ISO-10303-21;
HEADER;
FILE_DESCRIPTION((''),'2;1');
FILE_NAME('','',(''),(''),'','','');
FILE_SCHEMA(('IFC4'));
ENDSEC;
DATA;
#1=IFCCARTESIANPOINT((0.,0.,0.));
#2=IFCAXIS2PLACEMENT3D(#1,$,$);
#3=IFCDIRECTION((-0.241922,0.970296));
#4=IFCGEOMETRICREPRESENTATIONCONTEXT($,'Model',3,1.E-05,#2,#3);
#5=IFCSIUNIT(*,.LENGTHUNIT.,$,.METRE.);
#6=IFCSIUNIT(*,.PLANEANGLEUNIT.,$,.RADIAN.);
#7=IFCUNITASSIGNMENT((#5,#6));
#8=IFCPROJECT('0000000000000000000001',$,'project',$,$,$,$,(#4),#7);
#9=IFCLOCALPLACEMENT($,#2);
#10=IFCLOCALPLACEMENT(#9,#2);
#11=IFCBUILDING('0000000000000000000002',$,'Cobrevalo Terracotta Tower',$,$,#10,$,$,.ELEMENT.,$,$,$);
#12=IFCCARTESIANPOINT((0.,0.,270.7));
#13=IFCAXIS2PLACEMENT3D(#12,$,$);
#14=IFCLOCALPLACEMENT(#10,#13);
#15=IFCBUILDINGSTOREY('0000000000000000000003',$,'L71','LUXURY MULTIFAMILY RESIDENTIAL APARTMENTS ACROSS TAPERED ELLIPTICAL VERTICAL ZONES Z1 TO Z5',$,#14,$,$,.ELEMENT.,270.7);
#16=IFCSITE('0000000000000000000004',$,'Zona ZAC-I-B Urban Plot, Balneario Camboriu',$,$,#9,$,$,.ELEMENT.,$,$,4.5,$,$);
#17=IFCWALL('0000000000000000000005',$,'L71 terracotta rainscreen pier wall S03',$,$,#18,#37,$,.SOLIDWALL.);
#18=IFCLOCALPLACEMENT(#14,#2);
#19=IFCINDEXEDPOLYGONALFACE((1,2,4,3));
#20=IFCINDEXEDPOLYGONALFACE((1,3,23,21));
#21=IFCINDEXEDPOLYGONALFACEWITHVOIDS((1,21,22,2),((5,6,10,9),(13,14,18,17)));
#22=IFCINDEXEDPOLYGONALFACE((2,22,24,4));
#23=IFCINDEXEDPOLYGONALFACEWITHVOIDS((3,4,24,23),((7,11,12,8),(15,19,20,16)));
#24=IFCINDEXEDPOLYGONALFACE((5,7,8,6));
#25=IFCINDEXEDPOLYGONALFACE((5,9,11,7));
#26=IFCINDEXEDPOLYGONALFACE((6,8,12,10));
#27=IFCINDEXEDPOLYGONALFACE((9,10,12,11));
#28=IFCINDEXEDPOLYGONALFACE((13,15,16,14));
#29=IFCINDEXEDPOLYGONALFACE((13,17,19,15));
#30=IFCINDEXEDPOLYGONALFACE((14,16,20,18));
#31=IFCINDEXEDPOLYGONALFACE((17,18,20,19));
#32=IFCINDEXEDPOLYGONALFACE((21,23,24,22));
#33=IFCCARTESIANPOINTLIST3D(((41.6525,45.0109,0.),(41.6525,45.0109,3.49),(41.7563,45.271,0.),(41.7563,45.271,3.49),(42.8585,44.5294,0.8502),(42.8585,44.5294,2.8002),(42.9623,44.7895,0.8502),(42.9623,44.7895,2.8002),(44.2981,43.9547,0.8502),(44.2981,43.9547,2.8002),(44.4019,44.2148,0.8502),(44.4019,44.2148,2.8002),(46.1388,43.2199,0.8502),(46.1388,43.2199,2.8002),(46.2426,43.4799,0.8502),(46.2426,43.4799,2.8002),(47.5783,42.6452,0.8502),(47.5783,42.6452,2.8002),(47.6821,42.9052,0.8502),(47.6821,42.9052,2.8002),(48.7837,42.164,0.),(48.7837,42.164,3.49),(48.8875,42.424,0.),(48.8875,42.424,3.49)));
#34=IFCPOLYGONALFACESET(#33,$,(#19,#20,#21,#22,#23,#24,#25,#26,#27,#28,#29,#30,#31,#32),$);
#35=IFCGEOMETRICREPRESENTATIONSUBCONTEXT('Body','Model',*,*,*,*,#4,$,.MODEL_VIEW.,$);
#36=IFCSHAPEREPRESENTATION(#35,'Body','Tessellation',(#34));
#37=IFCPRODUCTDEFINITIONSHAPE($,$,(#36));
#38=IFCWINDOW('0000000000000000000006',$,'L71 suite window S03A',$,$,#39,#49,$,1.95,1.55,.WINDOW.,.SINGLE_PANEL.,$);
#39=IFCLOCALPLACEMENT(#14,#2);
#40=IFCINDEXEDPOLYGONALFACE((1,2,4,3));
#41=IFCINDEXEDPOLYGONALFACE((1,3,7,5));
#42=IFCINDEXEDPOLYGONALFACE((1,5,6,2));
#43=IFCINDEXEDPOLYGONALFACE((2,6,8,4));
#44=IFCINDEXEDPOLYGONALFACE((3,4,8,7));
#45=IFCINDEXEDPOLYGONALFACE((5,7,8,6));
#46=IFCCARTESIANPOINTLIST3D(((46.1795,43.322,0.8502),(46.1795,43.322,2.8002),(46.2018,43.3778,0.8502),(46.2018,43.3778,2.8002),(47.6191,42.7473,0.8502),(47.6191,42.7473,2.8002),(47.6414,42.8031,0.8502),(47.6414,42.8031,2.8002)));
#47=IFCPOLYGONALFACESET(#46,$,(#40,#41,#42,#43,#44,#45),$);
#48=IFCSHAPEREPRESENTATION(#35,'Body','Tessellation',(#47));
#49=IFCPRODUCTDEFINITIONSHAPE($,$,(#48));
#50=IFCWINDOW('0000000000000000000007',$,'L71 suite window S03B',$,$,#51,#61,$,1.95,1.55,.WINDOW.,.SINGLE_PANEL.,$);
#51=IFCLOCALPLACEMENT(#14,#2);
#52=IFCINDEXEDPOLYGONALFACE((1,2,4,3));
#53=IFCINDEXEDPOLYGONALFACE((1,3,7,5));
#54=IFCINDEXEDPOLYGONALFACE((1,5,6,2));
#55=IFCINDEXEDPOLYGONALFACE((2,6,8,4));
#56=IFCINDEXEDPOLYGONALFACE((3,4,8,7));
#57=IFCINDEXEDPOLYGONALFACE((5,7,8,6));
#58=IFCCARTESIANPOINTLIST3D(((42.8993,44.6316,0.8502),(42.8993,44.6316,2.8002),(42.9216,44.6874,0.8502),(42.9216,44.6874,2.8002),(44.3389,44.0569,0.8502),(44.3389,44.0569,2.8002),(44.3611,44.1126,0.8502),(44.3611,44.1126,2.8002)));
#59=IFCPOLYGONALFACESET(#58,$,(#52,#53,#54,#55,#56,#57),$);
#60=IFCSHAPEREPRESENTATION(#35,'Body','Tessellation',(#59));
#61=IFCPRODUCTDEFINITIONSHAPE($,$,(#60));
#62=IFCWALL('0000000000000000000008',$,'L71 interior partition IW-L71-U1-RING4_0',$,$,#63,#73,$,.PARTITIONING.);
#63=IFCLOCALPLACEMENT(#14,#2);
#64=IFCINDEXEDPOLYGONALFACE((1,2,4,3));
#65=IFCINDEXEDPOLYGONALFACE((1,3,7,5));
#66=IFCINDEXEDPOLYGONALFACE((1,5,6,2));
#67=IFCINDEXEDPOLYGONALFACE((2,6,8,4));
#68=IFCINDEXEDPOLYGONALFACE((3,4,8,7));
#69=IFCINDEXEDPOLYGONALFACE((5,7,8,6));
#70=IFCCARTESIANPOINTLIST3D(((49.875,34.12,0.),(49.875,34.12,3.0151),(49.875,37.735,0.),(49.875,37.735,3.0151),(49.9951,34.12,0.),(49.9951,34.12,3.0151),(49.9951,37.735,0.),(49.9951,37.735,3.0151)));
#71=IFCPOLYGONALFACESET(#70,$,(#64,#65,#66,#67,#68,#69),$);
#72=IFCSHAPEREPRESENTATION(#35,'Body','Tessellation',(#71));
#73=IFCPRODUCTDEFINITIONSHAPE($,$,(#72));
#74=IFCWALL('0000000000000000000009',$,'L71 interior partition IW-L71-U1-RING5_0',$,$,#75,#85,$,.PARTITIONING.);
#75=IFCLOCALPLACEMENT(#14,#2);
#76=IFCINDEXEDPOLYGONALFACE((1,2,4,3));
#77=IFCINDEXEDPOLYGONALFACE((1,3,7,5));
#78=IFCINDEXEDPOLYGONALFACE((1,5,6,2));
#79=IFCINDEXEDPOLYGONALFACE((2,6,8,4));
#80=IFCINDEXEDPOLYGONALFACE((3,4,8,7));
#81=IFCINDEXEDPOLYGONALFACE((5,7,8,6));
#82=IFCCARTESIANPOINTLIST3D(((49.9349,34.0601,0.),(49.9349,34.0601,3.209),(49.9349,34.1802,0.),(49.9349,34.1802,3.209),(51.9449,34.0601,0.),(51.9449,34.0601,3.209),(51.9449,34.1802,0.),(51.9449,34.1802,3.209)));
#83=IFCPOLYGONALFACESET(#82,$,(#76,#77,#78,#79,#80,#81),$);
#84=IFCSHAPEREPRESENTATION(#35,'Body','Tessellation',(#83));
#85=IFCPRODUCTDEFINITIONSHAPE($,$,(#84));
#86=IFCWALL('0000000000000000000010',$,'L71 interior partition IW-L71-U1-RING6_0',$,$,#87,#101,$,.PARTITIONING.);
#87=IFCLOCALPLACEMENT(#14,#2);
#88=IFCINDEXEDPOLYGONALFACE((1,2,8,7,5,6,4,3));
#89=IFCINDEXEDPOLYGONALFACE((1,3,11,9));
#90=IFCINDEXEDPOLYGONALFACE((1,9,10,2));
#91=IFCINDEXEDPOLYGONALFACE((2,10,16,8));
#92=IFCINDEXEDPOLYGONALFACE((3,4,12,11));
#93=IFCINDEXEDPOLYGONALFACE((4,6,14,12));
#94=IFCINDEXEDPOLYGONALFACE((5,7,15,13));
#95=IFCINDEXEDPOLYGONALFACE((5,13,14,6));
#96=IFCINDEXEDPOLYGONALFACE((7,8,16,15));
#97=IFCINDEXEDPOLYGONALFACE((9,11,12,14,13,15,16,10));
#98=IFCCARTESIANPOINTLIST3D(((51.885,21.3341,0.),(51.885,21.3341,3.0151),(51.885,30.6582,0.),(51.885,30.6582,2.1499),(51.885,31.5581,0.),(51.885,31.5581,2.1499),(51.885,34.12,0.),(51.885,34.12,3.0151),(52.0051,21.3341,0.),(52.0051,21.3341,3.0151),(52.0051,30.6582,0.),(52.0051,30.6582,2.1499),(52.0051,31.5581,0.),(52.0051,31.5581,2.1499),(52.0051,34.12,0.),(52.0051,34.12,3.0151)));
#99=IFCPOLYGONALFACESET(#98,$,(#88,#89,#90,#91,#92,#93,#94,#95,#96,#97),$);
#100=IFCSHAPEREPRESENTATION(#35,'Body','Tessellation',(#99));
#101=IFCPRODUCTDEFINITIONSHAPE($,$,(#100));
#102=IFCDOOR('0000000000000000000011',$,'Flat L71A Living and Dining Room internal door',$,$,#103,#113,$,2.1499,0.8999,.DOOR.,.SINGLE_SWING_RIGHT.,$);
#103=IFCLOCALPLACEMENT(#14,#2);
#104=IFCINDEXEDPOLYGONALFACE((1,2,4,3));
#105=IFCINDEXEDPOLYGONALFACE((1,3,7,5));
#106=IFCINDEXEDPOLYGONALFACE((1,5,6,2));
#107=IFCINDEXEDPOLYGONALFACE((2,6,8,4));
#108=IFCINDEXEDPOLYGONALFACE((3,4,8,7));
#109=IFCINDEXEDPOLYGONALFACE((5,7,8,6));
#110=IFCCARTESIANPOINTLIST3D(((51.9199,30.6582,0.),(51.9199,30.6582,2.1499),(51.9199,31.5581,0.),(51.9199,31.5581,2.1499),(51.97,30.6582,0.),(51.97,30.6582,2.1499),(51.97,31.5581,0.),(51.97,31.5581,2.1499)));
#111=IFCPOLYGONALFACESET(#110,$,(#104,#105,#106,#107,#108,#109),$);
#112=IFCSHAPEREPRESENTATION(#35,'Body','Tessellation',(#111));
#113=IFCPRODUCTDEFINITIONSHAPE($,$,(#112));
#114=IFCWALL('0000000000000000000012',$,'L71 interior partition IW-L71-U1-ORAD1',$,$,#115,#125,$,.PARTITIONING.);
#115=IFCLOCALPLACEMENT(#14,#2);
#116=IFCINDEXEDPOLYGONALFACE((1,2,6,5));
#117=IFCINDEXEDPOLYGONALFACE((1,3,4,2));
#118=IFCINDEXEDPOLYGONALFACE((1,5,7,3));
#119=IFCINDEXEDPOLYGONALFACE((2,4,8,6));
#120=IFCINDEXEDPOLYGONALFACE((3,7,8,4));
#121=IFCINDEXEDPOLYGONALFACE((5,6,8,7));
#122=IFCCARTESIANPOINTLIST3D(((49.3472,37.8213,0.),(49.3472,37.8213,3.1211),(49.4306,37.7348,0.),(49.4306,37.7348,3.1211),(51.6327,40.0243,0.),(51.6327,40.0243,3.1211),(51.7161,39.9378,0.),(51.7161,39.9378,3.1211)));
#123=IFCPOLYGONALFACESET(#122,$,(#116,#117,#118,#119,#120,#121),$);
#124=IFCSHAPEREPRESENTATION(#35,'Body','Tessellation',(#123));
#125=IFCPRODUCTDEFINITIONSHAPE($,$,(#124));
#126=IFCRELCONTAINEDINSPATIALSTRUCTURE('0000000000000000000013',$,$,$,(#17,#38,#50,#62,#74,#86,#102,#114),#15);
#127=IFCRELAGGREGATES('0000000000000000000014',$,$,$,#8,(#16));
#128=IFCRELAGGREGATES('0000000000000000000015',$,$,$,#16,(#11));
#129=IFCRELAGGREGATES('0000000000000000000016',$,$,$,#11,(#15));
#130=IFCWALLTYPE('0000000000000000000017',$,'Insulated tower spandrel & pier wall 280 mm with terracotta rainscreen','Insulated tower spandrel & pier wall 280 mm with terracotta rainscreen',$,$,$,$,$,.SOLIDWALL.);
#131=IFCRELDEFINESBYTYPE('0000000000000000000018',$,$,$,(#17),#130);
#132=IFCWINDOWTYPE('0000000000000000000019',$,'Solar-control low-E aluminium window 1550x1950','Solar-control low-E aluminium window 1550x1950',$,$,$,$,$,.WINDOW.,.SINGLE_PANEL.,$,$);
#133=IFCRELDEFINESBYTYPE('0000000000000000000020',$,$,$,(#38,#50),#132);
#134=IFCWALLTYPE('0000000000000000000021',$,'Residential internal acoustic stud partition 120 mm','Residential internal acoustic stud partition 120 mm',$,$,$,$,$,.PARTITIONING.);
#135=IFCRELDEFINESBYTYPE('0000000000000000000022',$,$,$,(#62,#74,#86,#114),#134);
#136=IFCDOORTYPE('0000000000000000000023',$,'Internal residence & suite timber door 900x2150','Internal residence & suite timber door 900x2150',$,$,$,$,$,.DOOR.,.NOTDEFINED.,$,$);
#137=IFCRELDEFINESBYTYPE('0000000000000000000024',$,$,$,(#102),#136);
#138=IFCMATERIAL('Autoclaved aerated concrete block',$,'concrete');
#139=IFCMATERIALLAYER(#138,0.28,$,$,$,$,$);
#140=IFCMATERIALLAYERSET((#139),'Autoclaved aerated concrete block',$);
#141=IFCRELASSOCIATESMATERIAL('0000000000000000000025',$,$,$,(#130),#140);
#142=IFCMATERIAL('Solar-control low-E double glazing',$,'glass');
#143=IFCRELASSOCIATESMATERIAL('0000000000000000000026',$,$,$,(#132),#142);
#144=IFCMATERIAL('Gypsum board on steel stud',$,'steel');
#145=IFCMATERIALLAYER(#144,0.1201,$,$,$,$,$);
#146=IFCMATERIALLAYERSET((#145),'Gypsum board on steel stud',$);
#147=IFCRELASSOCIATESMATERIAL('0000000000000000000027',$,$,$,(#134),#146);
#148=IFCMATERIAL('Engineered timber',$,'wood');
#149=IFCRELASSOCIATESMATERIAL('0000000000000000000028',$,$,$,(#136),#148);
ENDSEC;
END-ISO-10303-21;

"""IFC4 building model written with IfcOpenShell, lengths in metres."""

from ifc_helpers import new_model, si_unit, direction, frame, frame_2d, origin, place, context, subcontext, project, spatial, rectangle, extrude, source, transform, mapped, material, layer, layer_set, type_object, element, fill, save


model = new_model("IFC4")

# Units and contexts
model_context = context("Model", 3, precision=1e-05, world=origin(), true_north=direction((-0.241922, 0.970296)))
body_context = subcontext(model_context, "Body", "Model", "MODEL_VIEW")
ifc_project = project(units=[si_unit("LENGTHUNIT", "METRE"), si_unit("PLANEANGLEUNIT", "RADIAN")], contexts=[model_context])

# Site, building, storey
site_placement = place(None, origin())
site = spatial("IfcSite", under=ifc_project, at=site_placement, Name="Zona ZAC-I-B Urban Plot, Balneario Camboriu", CompositionType="ELEMENT", RefElevation=4.5)
building_placement = place(site_placement, origin())
building = spatial("IfcBuilding", under=site, at=building_placement, Name="Cobrevalo Terracotta Tower", CompositionType="ELEMENT")
storey_placement = place(building_placement, frame((0.0, 0.0, 270.7)))
storey = spatial("IfcBuildingStorey", under=building, at=storey_placement, Name="L71", Description="LUXURY MULTIFAMILY RESIDENTIAL APARTMENTS ACROSS TAPERED ELLIPTICAL VERTICAL ZONES Z1 TO Z5", CompositionType="ELEMENT", Elevation=270.7)

# Shared definitions
ifc_material_1 = material(Name="Solar-control low-E double glazing", Category="glass")

# Wall, openings, windows
ifc_material_2 = material(Name="Autoclaved aerated concrete block", Category="concrete")
ifc_layer_1 = layer(ifc_material_2, 0.28)
ifc_layer_set_1 = layer_set([ifc_layer_1], Name="Autoclaved aerated concrete block")
wall_type_1 = type_object("IfcWallType", Name="Insulated tower spandrel & pier wall 280 mm with terracotta rainscreen", Description="Insulated tower spandrel & pier wall 280 mm with terracotta rainscreen", PredefinedType="SOLIDWALL", material=ifc_layer_set_1)
wall_1_placement = place(storey_placement, frame((48.8357, 42.2939, 0.0), z_axis=(0.0, 0.0, 1.0), x_axis=(-0.928724, 0.370771, 0.0)))
wall_1 = element("IfcWall", 1, at=wall_1_placement, inside=storey, type_object=wall_type_1, Name="L71 terracotta rainscreen pier wall S03", PredefinedType="SOLIDWALL", context=body_context, shape_type="SweptSolid", body=[
    extrude(rectangle(XDim=7.6785, YDim=0.28, at=frame_2d((3.8394, 0.0))), origin(), (0.0, 0.0, 1.0), 3.49),
])
opening_1_placement = place(wall_1_placement, frame((1.2981, 0.0, 0.8501)))
opening_1 = element("IfcOpeningElement", 2, at=opening_1_placement, cuts=wall_1, PredefinedType="OPENING", context=body_context, shape_type="SweptSolid", body=[
    extrude(rectangle(XDim=1.55, YDim=1.95, at=frame_2d((0.7749, 0.9751))), frame((0.0, 0.1499, 0.0), z_axis=(0.0, -1.0, 0.0), x_axis=(1.0, 0.0, 0.0)), (0.0, 0.0, 1.0), 0.3),
])
opening_2_placement = place(wall_1_placement, frame((4.8301, 0.0, 0.8501)))
opening_2 = element("IfcOpeningElement", 3, at=opening_2_placement, cuts=wall_1, PredefinedType="OPENING", context=body_context, shape_type="SweptSolid", body=[
    extrude(rectangle(XDim=1.55, YDim=1.95, at=frame_2d((0.7749, 0.9751))), frame((0.0, 0.1499, 0.0), z_axis=(0.0, -1.0, 0.0), x_axis=(1.0, 0.0, 0.0)), (0.0, 0.0, 1.0), 0.3),
])
window_type = type_object("IfcWindowType", Name="Solar-control low-E aluminium window 1550x1950", Description="Solar-control low-E aluminium window 1550x1950", PartitioningType="SINGLE_PANEL", PredefinedType="WINDOW", material=ifc_material_1)
shared_shape_1 = source(origin(), body_context, "Body", "SweptSolid", [
    extrude(rectangle(XDim=1.55, YDim=1.95, at=frame_2d((0.7749, 0.9751))), frame((0.0, 0.03, 0.0), z_axis=(0.0, -1.0, 0.0), x_axis=(1.0, 0.0, 0.0)), (0.0, 0.0, 1.0), 0.0601),
])
window_1_placement = place(opening_1_placement, origin())
window_1 = element("IfcWindow", 4, at=window_1_placement, inside=storey, type_object=window_type, Name="L71 suite window S03A", OverallHeight=1.95, OverallWidth=1.55, PartitioningType="SINGLE_PANEL", PredefinedType="WINDOW", context=body_context, shape_type="MappedRepresentation", body=[
    mapped(shared_shape_1, transform((0.0, 0.0, 0.0), scale=1.0)),
])
fill(opening_1, window_1)
window_2_placement = place(opening_2_placement, origin())
window_2 = element("IfcWindow", 5, at=window_2_placement, inside=storey, type_object=window_type, Name="L71 suite window S03B", OverallHeight=1.95, OverallWidth=1.55, PartitioningType="SINGLE_PANEL", PredefinedType="WINDOW", context=body_context, shape_type="MappedRepresentation", body=[
    mapped(shared_shape_1, transform((0.0, 0.0, 0.0), scale=1.0)),
])
fill(opening_2, window_2)

# Walls
ifc_material_3 = material(Name="Gypsum board on steel stud", Category="steel")
ifc_layer_2 = layer(ifc_material_3, 0.1201)
ifc_layer_set_2 = layer_set([ifc_layer_2], Name="Gypsum board on steel stud")
wall_type_2 = type_object("IfcWallType", Name="Residential internal acoustic stud partition 120 mm", Description="Residential internal acoustic stud partition 120 mm", PredefinedType="PARTITIONING", material=ifc_layer_set_2)
wall_2_placement = place(storey_placement, frame((49.9351, 37.7351, 0.0), z_axis=(0.0, 0.0, 1.0), x_axis=(0.0, -1.0, 0.0)))
element("IfcWall", 6, at=wall_2_placement, inside=storey, type_object=wall_type_2, Name="L71 interior partition IW-L71-U1-RING4_0", PredefinedType="PARTITIONING", context=body_context, shape_type="SweptSolid", body=[
    extrude(rectangle(XDim=3.615, YDim=0.1201, at=frame_2d((1.8076, 0.0))), origin(), (0.0, 0.0, 1.0), 3.0151),
])
wall_3_placement = place(storey_placement, frame((49.9351, 34.1201, 0.0), z_axis=(0.0, 0.0, 1.0), x_axis=(1.0, 0.0, 0.0)))
element("IfcWall", 7, at=wall_3_placement, inside=storey, type_object=wall_type_2, Name="L71 interior partition IW-L71-U1-RING5_0", PredefinedType="PARTITIONING", context=body_context, shape_type="SweptSolid", body=[
    extrude(rectangle(XDim=2.01, YDim=0.1201, at=frame_2d((1.0049, 0.0))), origin(), (0.0, 0.0, 1.0), 3.209),
])

# Wall, opening, door
wall_4_placement = place(storey_placement, frame((51.9451, 34.1201, 0.0), z_axis=(0.0, 0.0, 1.0), x_axis=(0.0, -1.0, 0.0)))
wall_4 = element("IfcWall", 8, at=wall_4_placement, inside=storey, type_object=wall_type_2, Name="L71 interior partition IW-L71-U1-RING6_0", PredefinedType="PARTITIONING", context=body_context, shape_type="SweptSolid", body=[
    extrude(rectangle(XDim=12.7859, YDim=0.1201, at=frame_2d((6.3931, 0.0))), origin(), (0.0, 0.0, 1.0), 3.0151),
])
opening_3_placement = place(wall_4_placement, frame((2.562, 0.0, 0.0)))
opening_3 = element("IfcOpeningElement", 9, at=opening_3_placement, cuts=wall_4, PredefinedType="OPENING", context=body_context, shape_type="SweptSolid", body=[
    extrude(rectangle(XDim=0.8999, YDim=2.1499, at=frame_2d((0.45, 1.075))), frame((0.0, 0.0701, 0.0), z_axis=(0.0, -1.0, 0.0), x_axis=(1.0, 0.0, 0.0)), (0.0, 0.0, 1.0), 0.1401),
])
ifc_material_4 = material(Name="Engineered timber", Category="wood")
door_type = type_object("IfcDoorType", Name="Internal residence & suite timber door 900x2150", Description="Internal residence & suite timber door 900x2150", OperationType="NOTDEFINED", PredefinedType="DOOR", material=ifc_material_4)
shared_shape_2 = source(origin(), body_context, "Body", "SweptSolid", [
    extrude(rectangle(XDim=0.8999, YDim=2.1499, at=frame_2d((0.45, 1.075))), frame((0.0, 0.0249, 0.0), z_axis=(0.0, -1.0, 0.0), x_axis=(1.0, 0.0, 0.0)), (0.0, 0.0, 1.0), 0.05),
])
door_placement = place(opening_3_placement, origin())
door = element("IfcDoor", 10, at=door_placement, inside=storey, type_object=door_type, Name="Flat L71A Living and Dining Room internal door", OperationType="SINGLE_SWING_RIGHT", OverallHeight=2.1499, OverallWidth=0.8999, PredefinedType="DOOR", context=body_context, shape_type="MappedRepresentation", body=[
    mapped(shared_shape_2, transform((0.0, 0.0, 0.0), scale=1.0)),
])
fill(opening_3, door)

# Wall
wall_5_placement = place(storey_placement, frame((49.3889, 37.7781, 0.0), z_axis=(0.0, 0.0, 1.0), x_axis=(0.719986, 0.693989, 0.0)))
element("IfcWall", 11, at=wall_5_placement, inside=storey, type_object=wall_type_2, Name="L71 interior partition IW-L71-U1-ORAD1", PredefinedType="PARTITIONING", context=body_context, shape_type="SweptSolid", body=[
    extrude(rectangle(XDim=3.1743, YDim=0.1201, at=frame_2d((1.5872, 0.0))), origin(), (0.0, 0.0, 1.0), 3.1211),
])

save(model, "model.ifc")
